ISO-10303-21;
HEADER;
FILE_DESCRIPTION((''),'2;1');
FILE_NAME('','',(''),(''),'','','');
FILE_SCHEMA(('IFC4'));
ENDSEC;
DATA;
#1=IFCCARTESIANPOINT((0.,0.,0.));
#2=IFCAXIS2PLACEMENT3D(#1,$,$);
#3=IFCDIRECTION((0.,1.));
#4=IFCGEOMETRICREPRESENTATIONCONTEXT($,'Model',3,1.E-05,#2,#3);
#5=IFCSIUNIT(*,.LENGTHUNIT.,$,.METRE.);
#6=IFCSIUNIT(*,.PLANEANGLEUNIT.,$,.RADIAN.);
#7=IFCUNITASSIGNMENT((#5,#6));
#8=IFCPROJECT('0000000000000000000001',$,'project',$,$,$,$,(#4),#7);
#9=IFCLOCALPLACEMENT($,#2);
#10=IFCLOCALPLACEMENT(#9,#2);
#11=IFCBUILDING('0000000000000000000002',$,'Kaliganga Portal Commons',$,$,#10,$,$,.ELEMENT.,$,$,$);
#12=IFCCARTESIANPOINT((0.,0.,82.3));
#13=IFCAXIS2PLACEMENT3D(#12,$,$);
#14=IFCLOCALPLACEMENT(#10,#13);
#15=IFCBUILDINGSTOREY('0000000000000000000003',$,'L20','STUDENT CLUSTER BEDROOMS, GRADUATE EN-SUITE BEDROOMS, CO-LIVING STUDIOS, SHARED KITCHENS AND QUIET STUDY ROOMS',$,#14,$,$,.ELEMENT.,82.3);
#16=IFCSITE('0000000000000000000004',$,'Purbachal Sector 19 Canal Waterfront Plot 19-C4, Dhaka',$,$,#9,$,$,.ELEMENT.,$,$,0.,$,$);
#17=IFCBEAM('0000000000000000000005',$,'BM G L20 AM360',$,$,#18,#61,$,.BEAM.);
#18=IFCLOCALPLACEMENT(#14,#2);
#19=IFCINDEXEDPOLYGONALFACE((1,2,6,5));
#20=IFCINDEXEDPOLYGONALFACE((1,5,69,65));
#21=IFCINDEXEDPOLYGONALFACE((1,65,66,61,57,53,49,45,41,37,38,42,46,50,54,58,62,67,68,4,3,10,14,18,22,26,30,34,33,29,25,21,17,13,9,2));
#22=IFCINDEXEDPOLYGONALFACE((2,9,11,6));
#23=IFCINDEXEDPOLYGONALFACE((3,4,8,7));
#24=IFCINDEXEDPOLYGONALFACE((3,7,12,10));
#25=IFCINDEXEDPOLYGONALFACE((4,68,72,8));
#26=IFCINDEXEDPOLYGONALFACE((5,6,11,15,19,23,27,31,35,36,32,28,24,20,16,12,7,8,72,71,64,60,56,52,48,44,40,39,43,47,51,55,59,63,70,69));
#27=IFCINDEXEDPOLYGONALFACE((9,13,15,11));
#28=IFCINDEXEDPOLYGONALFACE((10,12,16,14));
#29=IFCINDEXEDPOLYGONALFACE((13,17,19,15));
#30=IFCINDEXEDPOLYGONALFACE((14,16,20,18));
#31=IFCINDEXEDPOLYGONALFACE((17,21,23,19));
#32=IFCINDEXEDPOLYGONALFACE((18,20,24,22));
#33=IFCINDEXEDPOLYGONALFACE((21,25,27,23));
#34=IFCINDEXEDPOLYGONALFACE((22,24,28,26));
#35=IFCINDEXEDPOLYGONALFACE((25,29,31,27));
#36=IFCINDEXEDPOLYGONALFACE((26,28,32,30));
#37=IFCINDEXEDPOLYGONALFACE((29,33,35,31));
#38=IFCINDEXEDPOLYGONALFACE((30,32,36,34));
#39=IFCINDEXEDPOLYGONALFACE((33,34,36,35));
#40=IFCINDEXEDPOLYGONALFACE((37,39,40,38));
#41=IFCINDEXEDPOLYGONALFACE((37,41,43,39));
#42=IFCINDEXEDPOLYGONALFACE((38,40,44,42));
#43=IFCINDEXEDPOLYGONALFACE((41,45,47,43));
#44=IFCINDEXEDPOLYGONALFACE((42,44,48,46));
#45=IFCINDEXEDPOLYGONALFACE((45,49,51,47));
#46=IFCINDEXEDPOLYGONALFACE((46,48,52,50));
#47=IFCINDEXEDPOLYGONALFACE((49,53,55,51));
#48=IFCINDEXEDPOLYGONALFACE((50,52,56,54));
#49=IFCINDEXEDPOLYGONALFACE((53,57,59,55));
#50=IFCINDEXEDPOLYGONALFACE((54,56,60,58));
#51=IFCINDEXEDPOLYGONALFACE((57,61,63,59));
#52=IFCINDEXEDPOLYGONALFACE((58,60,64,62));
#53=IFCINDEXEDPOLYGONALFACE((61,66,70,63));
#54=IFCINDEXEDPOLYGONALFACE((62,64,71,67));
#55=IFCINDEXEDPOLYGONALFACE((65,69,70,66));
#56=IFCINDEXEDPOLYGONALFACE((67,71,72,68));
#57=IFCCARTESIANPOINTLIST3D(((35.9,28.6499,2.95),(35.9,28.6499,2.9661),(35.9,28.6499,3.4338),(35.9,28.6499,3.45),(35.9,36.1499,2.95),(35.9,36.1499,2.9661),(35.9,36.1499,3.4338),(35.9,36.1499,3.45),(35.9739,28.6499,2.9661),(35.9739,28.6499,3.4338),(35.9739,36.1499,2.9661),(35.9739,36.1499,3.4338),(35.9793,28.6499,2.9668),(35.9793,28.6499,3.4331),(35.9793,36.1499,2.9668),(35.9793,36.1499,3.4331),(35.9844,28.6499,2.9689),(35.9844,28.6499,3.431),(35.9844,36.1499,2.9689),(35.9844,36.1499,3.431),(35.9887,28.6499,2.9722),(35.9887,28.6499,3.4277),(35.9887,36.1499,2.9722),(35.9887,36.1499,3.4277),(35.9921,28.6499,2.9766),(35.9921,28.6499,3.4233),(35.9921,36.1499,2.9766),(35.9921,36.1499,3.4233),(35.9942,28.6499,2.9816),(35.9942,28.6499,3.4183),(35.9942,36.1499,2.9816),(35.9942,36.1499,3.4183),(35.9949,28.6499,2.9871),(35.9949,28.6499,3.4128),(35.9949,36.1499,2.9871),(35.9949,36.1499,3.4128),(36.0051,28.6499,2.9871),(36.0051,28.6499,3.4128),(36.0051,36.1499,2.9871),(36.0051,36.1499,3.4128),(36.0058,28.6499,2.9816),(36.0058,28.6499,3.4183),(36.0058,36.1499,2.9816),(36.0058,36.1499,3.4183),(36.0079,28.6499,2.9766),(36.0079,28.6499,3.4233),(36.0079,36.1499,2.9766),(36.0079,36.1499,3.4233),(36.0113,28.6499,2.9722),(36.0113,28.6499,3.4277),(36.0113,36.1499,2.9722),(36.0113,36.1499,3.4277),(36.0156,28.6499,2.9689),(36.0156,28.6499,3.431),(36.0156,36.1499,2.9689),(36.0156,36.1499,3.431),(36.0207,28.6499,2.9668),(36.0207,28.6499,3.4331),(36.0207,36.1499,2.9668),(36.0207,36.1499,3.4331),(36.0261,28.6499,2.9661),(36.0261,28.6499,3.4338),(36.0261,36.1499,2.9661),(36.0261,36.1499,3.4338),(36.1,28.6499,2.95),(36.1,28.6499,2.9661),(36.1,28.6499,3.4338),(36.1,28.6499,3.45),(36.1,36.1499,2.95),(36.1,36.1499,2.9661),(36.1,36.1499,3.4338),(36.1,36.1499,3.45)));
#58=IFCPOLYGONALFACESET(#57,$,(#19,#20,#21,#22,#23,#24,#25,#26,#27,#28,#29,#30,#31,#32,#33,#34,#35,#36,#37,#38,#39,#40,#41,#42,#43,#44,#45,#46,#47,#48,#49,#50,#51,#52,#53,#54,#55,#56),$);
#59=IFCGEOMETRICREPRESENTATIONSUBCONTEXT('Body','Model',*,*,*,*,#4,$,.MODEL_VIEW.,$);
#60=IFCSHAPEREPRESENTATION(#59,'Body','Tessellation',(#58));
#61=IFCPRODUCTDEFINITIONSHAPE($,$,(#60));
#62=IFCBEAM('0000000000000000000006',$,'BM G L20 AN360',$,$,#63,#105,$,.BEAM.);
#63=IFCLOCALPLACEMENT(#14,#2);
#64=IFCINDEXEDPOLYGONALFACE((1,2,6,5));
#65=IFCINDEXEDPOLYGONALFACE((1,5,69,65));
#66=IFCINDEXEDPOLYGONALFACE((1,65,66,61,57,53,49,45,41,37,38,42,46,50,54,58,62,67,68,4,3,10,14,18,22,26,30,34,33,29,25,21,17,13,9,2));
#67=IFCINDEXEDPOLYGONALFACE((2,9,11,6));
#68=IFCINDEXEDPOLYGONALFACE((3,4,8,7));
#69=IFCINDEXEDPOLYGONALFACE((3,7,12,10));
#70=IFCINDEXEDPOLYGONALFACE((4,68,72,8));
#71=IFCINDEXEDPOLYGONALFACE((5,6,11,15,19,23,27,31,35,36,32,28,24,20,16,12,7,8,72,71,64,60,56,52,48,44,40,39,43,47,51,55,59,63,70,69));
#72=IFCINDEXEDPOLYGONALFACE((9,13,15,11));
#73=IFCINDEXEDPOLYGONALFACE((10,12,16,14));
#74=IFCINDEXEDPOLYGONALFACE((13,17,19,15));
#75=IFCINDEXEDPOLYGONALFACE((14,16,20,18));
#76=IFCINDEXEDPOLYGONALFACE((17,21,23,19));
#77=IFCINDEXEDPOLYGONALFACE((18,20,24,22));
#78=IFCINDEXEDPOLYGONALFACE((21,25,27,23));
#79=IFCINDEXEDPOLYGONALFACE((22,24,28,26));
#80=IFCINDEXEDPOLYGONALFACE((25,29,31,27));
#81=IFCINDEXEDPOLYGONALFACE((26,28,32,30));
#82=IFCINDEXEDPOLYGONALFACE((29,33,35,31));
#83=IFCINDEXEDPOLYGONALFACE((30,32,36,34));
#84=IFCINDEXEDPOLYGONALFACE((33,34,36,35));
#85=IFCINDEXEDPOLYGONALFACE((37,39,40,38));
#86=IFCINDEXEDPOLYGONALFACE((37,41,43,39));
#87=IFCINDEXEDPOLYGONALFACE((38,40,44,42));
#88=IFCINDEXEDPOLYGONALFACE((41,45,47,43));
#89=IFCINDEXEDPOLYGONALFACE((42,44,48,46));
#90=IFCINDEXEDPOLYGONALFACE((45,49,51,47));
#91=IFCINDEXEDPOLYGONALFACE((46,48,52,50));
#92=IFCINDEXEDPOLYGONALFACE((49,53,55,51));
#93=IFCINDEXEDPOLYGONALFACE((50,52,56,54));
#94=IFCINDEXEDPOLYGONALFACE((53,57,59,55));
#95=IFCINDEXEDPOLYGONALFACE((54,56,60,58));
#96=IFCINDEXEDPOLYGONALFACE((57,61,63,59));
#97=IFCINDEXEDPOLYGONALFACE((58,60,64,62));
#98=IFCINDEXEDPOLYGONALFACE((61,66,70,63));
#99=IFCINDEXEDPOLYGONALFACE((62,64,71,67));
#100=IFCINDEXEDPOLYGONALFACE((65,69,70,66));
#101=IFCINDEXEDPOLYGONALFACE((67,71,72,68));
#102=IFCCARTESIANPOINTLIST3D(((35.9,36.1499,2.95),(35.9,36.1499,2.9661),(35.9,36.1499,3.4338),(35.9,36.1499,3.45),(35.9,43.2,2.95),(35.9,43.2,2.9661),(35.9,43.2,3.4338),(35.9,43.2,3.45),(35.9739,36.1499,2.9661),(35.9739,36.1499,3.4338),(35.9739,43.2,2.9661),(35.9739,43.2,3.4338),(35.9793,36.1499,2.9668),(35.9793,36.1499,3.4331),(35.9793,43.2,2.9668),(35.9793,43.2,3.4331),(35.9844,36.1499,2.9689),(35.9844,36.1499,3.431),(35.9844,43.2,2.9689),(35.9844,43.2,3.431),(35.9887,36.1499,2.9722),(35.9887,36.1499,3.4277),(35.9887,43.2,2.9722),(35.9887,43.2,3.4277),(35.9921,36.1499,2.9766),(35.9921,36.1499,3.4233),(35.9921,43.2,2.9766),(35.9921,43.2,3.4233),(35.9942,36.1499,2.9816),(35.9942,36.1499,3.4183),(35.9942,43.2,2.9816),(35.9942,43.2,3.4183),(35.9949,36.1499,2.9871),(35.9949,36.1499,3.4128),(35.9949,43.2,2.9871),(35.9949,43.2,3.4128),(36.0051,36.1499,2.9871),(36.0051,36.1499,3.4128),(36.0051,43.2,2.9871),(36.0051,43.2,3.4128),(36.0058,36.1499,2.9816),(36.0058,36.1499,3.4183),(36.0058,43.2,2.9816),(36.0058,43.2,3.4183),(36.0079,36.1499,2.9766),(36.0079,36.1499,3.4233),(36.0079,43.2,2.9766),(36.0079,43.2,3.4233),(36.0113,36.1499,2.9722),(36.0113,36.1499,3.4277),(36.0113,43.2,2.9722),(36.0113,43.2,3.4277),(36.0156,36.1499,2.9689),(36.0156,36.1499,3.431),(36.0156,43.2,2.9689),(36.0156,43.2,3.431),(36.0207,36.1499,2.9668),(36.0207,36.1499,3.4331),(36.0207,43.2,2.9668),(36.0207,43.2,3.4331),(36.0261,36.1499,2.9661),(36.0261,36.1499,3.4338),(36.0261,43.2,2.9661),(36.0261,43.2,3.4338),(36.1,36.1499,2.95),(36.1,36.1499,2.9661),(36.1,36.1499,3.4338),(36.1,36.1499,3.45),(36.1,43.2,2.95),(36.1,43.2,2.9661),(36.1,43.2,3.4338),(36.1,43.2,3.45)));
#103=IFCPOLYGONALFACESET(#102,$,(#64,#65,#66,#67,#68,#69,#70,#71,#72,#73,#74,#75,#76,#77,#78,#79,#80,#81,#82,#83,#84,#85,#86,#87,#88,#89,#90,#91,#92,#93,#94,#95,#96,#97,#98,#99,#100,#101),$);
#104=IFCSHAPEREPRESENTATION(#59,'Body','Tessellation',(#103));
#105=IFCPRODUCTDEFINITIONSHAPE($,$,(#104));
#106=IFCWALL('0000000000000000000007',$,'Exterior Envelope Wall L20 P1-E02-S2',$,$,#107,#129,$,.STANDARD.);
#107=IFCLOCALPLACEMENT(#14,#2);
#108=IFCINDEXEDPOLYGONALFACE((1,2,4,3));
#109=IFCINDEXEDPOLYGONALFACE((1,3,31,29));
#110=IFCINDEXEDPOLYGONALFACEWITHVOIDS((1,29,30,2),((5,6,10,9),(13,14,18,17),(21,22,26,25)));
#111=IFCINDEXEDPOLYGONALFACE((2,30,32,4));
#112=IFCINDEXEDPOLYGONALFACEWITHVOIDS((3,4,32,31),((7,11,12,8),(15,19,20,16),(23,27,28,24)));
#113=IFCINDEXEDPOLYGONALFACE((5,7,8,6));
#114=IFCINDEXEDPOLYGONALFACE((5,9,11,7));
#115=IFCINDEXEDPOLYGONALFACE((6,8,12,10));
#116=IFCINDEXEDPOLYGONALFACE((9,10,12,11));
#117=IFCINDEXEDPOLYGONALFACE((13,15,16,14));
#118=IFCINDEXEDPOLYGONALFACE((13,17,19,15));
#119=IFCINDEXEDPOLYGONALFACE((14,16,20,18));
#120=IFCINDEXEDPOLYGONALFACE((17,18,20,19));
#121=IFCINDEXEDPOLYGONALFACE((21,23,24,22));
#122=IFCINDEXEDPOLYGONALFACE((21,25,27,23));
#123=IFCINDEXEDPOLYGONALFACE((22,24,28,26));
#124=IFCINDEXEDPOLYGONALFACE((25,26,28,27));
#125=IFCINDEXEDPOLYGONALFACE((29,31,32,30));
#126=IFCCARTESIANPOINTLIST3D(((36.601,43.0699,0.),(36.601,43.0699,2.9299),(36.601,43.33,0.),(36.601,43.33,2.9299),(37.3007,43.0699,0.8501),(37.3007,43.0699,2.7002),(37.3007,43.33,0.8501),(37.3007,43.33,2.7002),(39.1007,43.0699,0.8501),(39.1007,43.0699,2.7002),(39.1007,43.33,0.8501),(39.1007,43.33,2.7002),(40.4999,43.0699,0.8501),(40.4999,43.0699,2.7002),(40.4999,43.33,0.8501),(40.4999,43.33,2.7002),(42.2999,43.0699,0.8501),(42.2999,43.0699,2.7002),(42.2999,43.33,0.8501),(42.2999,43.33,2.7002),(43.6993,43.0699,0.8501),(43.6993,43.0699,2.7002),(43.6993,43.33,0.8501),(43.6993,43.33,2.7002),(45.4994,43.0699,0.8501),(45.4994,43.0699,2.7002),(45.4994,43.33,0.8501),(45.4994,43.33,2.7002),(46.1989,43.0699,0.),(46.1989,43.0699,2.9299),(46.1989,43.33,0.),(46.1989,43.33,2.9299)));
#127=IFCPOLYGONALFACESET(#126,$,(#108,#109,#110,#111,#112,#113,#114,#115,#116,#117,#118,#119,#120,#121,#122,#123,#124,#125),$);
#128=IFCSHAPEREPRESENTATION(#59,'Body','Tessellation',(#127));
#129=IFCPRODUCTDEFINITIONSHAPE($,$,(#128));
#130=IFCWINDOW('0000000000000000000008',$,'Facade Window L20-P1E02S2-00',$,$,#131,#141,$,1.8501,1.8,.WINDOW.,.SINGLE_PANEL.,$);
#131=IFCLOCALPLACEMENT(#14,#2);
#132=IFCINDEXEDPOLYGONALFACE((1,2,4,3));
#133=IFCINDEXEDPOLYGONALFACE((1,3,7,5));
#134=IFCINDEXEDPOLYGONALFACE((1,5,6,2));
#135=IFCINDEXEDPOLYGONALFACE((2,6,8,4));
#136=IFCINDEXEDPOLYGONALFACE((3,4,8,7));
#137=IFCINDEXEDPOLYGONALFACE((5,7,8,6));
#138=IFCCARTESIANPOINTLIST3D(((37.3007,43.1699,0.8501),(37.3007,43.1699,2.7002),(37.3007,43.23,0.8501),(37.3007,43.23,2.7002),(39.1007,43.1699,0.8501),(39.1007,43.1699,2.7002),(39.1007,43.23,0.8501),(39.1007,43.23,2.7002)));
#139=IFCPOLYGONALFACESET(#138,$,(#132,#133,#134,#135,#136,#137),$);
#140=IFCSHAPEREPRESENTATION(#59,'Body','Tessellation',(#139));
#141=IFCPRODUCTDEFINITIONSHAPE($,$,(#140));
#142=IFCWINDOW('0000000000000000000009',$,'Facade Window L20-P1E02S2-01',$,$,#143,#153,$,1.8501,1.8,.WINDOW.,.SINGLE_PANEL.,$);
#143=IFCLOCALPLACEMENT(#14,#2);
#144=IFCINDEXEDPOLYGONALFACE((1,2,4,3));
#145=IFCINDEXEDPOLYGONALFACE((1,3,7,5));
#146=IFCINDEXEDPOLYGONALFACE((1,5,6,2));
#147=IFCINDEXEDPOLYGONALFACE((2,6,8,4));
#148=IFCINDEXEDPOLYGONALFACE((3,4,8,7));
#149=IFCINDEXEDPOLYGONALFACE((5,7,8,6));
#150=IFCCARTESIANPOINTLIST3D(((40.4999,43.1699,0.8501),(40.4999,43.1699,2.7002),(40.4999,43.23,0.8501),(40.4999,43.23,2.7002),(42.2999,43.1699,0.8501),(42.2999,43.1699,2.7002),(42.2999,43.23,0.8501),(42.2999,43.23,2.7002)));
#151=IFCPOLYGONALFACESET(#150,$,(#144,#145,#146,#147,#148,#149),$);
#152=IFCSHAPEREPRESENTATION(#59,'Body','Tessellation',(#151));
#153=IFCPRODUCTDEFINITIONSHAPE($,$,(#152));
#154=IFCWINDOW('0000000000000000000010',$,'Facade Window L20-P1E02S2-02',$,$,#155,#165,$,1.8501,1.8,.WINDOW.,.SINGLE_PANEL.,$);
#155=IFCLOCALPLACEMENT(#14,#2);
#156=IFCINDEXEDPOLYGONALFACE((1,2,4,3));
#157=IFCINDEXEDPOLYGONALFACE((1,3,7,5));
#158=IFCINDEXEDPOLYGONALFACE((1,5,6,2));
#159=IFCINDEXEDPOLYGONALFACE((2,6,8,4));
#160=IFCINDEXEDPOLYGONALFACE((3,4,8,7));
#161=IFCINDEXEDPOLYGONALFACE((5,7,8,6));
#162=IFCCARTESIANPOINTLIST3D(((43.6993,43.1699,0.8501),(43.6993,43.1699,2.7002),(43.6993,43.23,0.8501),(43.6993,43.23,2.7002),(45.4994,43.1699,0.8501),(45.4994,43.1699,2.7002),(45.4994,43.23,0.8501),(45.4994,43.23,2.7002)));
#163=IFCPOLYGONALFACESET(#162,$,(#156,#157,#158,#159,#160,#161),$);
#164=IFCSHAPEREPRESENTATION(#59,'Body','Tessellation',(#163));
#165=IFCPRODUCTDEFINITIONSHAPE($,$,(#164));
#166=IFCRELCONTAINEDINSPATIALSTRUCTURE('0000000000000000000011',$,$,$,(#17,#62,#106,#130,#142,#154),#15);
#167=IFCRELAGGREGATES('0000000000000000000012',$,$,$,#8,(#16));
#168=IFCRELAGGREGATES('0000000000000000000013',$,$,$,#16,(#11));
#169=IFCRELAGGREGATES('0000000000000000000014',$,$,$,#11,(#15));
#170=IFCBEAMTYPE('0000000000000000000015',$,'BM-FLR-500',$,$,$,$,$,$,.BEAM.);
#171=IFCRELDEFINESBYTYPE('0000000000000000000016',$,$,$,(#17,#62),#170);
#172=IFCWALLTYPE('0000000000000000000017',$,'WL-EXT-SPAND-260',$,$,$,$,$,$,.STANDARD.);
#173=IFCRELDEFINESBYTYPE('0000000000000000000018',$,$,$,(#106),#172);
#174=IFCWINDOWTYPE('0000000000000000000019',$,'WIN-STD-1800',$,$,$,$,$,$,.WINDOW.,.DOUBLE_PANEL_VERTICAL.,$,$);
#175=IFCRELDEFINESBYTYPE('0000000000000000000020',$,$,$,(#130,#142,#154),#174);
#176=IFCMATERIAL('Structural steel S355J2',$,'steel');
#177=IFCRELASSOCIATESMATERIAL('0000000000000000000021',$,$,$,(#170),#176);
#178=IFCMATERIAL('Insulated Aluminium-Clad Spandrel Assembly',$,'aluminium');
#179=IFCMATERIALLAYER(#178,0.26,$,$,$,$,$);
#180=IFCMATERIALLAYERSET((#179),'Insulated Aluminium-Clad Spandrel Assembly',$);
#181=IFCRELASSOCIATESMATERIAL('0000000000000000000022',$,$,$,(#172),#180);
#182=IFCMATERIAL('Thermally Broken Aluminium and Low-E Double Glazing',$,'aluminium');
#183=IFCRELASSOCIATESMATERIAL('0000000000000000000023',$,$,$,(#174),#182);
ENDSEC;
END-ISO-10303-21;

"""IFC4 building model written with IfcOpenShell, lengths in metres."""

from ifc_helpers import new_model, si_unit, direction, frame, frame_2d, origin, origin_2d, place, context, subcontext, project, spatial, rectangle, i_section, extrude, source, transform, mapped, material, layer, layer_set, material_profile, profile_set, type_object, element, fill, save


model = new_model("IFC4")

# Units and contexts
model_context = context("Model", 3, precision=1e-05, world=origin(), true_north=direction((0.0, 1.0)))
body_context = subcontext(model_context, "Body", "Model", "MODEL_VIEW")
ifc_project = project(units=[si_unit("LENGTHUNIT", "METRE"), si_unit("PLANEANGLEUNIT", "RADIAN")], contexts=[model_context])

# Site, building, storey
site_placement = place(None, origin())
site = spatial("IfcSite", under=ifc_project, at=site_placement, Name="Purbachal Sector 19 Canal Waterfront Plot 19-C4, Dhaka", CompositionType="ELEMENT", RefElevation=0.0)
building_placement = place(site_placement, origin())
building = spatial("IfcBuilding", under=site, at=building_placement, Name="Kaliganga Portal Commons", CompositionType="ELEMENT")
storey_placement = place(building_placement, frame((0.0, 0.0, 82.3)))
storey = spatial("IfcBuildingStorey", under=building, at=storey_placement, Name="L20", Description="STUDENT CLUSTER BEDROOMS, GRADUATE EN-SUITE BEDROOMS, CO-LIVING STUDIOS, SHARED KITCHENS AND QUIET STUDY ROOMS", CompositionType="ELEMENT", Elevation=82.3)

# Beams
ifc_material_1 = material(Name="Structural steel S355J2", Category="steel")
ifc_material_profile_1 = material_profile(ifc_material_1, i_section(OverallWidth=0.2, OverallDepth=0.5, WebThickness=0.0103, FlangeThickness=0.0161, FilletRadius=0.021, at=origin_2d()), Name="IPE 500")
ifc_profile_set_1 = profile_set([ifc_material_profile_1], Name="Structural steel S355J2 wide-flange")
beam_type_1 = type_object("IfcBeamType", Name="BM-FLR-500", PredefinedType="BEAM", material=ifc_profile_set_1)
shared_shape_1 = source(origin(), body_context, "Body", "SweptSolid", [
    extrude(i_section(OverallWidth=0.2, OverallDepth=0.5, WebThickness=0.0103, FlangeThickness=0.0161, FilletRadius=0.021, at=origin_2d()), origin(), (0.0, 0.0, 1.0), 7.5),
])
beam_1_placement = place(storey_placement, frame((36.0, 28.6499, 3.2), z_axis=(0.0, 1.0, 0.0), x_axis=(-1.0, 0.0, 0.0)))
element("IfcBeam", 1, at=beam_1_placement, inside=storey, type_object=beam_type_1, Name="BM G L20 AM360", PredefinedType="BEAM", context=body_context, shape_type="MappedRepresentation", body=[
    mapped(shared_shape_1, transform((0.0, 0.0, 0.0), x_axis=(1.0, 0.0, 0.0), y_axis=(0.0, 1.0, 0.0), z_axis=(0.0, 0.0, 1.0), scale=1.0)),
])
shared_shape_2 = source(origin(), body_context, "Body", "SweptSolid", [
    extrude(i_section(OverallWidth=0.2, OverallDepth=0.5, WebThickness=0.0103, FlangeThickness=0.0161, FilletRadius=0.021, at=origin_2d()), origin(), (0.0, 0.0, 1.0), 7.05),
])
beam_2_placement = place(storey_placement, frame((36.0, 36.1499, 3.2), z_axis=(0.0, 1.0, 0.0), x_axis=(-1.0, 0.0, 0.0)))
element("IfcBeam", 2, at=beam_2_placement, inside=storey, type_object=beam_type_1, Name="BM G L20 AN360", PredefinedType="BEAM", context=body_context, shape_type="MappedRepresentation", body=[
    mapped(shared_shape_2, transform((0.0, 0.0, 0.0), x_axis=(1.0, 0.0, 0.0), y_axis=(0.0, 1.0, 0.0), z_axis=(0.0, 0.0, 1.0), scale=1.0)),
])

# Wall, openings, windows
ifc_material_2 = material(Name="Insulated Aluminium-Clad Spandrel Assembly", Category="aluminium")
ifc_layer_1 = layer(ifc_material_2, 0.26)
ifc_layer_set_1 = layer_set([ifc_layer_1], Name="Insulated Aluminium-Clad Spandrel Assembly")
wall_type_1 = type_object("IfcWallType", Name="WL-EXT-SPAND-260", PredefinedType="STANDARD", material=ifc_layer_set_1)
wall_1_placement = place(storey_placement, frame((36.6011, 43.2, 0.0), z_axis=(0.0, 0.0, 1.0), x_axis=(1.0, 0.0, 0.0)))
wall_1 = element("IfcWall", 3, at=wall_1_placement, inside=storey, type_object=wall_type_1, Name="Exterior Envelope Wall L20 P1-E02-S2", PredefinedType="STANDARD", context=body_context, shape_type="SweptSolid", body=[
    extrude(rectangle(XDim=9.5979, YDim=0.26, at=frame_2d((4.7988, 0.0))), origin(), (0.0, 0.0, 1.0), 2.9299),
])
opening_1_placement = place(wall_1_placement, frame((0.6997, 0.0, 0.8501)))
opening_1 = element("IfcOpeningElement", 4, at=opening_1_placement, cuts=wall_1, PredefinedType="OPENING", context=body_context, shape_type="SweptSolid", body=[
    extrude(rectangle(XDim=1.8, YDim=1.8501, at=frame_2d((0.8999, 0.925))), frame((0.0, 0.1401, 0.0), z_axis=(0.0, -1.0, 0.0), x_axis=(1.0, 0.0, 0.0)), (0.0, 0.0, 1.0), 0.28),
])
opening_2_placement = place(wall_1_placement, frame((3.8989, 0.0, 0.8501)))
opening_2 = element("IfcOpeningElement", 5, at=opening_2_placement, cuts=wall_1, PredefinedType="OPENING", context=body_context, shape_type="SweptSolid", body=[
    extrude(rectangle(XDim=1.8, YDim=1.8501, at=frame_2d((0.8999, 0.925))), frame((0.0, 0.1401, 0.0), z_axis=(0.0, -1.0, 0.0), x_axis=(1.0, 0.0, 0.0)), (0.0, 0.0, 1.0), 0.28),
])
opening_3_placement = place(wall_1_placement, frame((7.0984, 0.0, 0.8501)))
opening_3 = element("IfcOpeningElement", 6, at=opening_3_placement, cuts=wall_1, PredefinedType="OPENING", context=body_context, shape_type="SweptSolid", body=[
    extrude(rectangle(XDim=1.8, YDim=1.8501, at=frame_2d((0.8999, 0.925))), frame((0.0, 0.1401, 0.0), z_axis=(0.0, -1.0, 0.0), x_axis=(1.0, 0.0, 0.0)), (0.0, 0.0, 1.0), 0.28),
])
ifc_material_3 = material(Name="Thermally Broken Aluminium and Low-E Double Glazing", Category="aluminium")
window_type_1 = type_object("IfcWindowType", Name="WIN-STD-1800", PartitioningType="DOUBLE_PANEL_VERTICAL", PredefinedType="WINDOW", material=ifc_material_3)
window_1_placement = place(opening_1_placement, origin())
window_1 = element("IfcWindow", 7, at=window_1_placement, inside=storey, type_object=window_type_1, Name="Facade Window L20-P1E02S2-00", OverallHeight=1.8501, OverallWidth=1.8, PartitioningType="SINGLE_PANEL", PredefinedType="WINDOW", context=body_context, shape_type="SweptSolid", body=[
    extrude(rectangle(XDim=1.8, YDim=1.8501, at=frame_2d((0.8999, 0.925))), frame((0.0, 0.03, 0.0), z_axis=(0.0, -1.0, 0.0), x_axis=(1.0, 0.0, 0.0)), (0.0, 0.0, 1.0), 0.0601),
])
fill(opening_1, window_1)
window_2_placement = place(opening_2_placement, origin())
window_2 = element("IfcWindow", 8, at=window_2_placement, inside=storey, type_object=window_type_1, Name="Facade Window L20-P1E02S2-01", OverallHeight=1.8501, OverallWidth=1.8, PartitioningType="SINGLE_PANEL", PredefinedType="WINDOW", context=body_context, shape_type="SweptSolid", body=[
    extrude(rectangle(XDim=1.8, YDim=1.8501, at=frame_2d((0.8999, 0.925))), frame((0.0, 0.03, 0.0), z_axis=(0.0, -1.0, 0.0), x_axis=(1.0, 0.0, 0.0)), (0.0, 0.0, 1.0), 0.0601),
])
fill(opening_2, window_2)
window_3_placement = place(opening_3_placement, origin())
window_3 = element("IfcWindow", 9, at=window_3_placement, inside=storey, type_object=window_type_1, Name="Facade Window L20-P1E02S2-02", OverallHeight=1.8501, OverallWidth=1.8, PartitioningType="SINGLE_PANEL", PredefinedType="WINDOW", context=body_context, shape_type="SweptSolid", body=[
    extrude(rectangle(XDim=1.8, YDim=1.8501, at=frame_2d((0.8999, 0.925))), frame((0.0, 0.03, 0.0), z_axis=(0.0, -1.0, 0.0), x_axis=(1.0, 0.0, 0.0)), (0.0, 0.0, 1.0), 0.0601),
])
fill(opening_3, window_3)

save(model, "model.ifc")
